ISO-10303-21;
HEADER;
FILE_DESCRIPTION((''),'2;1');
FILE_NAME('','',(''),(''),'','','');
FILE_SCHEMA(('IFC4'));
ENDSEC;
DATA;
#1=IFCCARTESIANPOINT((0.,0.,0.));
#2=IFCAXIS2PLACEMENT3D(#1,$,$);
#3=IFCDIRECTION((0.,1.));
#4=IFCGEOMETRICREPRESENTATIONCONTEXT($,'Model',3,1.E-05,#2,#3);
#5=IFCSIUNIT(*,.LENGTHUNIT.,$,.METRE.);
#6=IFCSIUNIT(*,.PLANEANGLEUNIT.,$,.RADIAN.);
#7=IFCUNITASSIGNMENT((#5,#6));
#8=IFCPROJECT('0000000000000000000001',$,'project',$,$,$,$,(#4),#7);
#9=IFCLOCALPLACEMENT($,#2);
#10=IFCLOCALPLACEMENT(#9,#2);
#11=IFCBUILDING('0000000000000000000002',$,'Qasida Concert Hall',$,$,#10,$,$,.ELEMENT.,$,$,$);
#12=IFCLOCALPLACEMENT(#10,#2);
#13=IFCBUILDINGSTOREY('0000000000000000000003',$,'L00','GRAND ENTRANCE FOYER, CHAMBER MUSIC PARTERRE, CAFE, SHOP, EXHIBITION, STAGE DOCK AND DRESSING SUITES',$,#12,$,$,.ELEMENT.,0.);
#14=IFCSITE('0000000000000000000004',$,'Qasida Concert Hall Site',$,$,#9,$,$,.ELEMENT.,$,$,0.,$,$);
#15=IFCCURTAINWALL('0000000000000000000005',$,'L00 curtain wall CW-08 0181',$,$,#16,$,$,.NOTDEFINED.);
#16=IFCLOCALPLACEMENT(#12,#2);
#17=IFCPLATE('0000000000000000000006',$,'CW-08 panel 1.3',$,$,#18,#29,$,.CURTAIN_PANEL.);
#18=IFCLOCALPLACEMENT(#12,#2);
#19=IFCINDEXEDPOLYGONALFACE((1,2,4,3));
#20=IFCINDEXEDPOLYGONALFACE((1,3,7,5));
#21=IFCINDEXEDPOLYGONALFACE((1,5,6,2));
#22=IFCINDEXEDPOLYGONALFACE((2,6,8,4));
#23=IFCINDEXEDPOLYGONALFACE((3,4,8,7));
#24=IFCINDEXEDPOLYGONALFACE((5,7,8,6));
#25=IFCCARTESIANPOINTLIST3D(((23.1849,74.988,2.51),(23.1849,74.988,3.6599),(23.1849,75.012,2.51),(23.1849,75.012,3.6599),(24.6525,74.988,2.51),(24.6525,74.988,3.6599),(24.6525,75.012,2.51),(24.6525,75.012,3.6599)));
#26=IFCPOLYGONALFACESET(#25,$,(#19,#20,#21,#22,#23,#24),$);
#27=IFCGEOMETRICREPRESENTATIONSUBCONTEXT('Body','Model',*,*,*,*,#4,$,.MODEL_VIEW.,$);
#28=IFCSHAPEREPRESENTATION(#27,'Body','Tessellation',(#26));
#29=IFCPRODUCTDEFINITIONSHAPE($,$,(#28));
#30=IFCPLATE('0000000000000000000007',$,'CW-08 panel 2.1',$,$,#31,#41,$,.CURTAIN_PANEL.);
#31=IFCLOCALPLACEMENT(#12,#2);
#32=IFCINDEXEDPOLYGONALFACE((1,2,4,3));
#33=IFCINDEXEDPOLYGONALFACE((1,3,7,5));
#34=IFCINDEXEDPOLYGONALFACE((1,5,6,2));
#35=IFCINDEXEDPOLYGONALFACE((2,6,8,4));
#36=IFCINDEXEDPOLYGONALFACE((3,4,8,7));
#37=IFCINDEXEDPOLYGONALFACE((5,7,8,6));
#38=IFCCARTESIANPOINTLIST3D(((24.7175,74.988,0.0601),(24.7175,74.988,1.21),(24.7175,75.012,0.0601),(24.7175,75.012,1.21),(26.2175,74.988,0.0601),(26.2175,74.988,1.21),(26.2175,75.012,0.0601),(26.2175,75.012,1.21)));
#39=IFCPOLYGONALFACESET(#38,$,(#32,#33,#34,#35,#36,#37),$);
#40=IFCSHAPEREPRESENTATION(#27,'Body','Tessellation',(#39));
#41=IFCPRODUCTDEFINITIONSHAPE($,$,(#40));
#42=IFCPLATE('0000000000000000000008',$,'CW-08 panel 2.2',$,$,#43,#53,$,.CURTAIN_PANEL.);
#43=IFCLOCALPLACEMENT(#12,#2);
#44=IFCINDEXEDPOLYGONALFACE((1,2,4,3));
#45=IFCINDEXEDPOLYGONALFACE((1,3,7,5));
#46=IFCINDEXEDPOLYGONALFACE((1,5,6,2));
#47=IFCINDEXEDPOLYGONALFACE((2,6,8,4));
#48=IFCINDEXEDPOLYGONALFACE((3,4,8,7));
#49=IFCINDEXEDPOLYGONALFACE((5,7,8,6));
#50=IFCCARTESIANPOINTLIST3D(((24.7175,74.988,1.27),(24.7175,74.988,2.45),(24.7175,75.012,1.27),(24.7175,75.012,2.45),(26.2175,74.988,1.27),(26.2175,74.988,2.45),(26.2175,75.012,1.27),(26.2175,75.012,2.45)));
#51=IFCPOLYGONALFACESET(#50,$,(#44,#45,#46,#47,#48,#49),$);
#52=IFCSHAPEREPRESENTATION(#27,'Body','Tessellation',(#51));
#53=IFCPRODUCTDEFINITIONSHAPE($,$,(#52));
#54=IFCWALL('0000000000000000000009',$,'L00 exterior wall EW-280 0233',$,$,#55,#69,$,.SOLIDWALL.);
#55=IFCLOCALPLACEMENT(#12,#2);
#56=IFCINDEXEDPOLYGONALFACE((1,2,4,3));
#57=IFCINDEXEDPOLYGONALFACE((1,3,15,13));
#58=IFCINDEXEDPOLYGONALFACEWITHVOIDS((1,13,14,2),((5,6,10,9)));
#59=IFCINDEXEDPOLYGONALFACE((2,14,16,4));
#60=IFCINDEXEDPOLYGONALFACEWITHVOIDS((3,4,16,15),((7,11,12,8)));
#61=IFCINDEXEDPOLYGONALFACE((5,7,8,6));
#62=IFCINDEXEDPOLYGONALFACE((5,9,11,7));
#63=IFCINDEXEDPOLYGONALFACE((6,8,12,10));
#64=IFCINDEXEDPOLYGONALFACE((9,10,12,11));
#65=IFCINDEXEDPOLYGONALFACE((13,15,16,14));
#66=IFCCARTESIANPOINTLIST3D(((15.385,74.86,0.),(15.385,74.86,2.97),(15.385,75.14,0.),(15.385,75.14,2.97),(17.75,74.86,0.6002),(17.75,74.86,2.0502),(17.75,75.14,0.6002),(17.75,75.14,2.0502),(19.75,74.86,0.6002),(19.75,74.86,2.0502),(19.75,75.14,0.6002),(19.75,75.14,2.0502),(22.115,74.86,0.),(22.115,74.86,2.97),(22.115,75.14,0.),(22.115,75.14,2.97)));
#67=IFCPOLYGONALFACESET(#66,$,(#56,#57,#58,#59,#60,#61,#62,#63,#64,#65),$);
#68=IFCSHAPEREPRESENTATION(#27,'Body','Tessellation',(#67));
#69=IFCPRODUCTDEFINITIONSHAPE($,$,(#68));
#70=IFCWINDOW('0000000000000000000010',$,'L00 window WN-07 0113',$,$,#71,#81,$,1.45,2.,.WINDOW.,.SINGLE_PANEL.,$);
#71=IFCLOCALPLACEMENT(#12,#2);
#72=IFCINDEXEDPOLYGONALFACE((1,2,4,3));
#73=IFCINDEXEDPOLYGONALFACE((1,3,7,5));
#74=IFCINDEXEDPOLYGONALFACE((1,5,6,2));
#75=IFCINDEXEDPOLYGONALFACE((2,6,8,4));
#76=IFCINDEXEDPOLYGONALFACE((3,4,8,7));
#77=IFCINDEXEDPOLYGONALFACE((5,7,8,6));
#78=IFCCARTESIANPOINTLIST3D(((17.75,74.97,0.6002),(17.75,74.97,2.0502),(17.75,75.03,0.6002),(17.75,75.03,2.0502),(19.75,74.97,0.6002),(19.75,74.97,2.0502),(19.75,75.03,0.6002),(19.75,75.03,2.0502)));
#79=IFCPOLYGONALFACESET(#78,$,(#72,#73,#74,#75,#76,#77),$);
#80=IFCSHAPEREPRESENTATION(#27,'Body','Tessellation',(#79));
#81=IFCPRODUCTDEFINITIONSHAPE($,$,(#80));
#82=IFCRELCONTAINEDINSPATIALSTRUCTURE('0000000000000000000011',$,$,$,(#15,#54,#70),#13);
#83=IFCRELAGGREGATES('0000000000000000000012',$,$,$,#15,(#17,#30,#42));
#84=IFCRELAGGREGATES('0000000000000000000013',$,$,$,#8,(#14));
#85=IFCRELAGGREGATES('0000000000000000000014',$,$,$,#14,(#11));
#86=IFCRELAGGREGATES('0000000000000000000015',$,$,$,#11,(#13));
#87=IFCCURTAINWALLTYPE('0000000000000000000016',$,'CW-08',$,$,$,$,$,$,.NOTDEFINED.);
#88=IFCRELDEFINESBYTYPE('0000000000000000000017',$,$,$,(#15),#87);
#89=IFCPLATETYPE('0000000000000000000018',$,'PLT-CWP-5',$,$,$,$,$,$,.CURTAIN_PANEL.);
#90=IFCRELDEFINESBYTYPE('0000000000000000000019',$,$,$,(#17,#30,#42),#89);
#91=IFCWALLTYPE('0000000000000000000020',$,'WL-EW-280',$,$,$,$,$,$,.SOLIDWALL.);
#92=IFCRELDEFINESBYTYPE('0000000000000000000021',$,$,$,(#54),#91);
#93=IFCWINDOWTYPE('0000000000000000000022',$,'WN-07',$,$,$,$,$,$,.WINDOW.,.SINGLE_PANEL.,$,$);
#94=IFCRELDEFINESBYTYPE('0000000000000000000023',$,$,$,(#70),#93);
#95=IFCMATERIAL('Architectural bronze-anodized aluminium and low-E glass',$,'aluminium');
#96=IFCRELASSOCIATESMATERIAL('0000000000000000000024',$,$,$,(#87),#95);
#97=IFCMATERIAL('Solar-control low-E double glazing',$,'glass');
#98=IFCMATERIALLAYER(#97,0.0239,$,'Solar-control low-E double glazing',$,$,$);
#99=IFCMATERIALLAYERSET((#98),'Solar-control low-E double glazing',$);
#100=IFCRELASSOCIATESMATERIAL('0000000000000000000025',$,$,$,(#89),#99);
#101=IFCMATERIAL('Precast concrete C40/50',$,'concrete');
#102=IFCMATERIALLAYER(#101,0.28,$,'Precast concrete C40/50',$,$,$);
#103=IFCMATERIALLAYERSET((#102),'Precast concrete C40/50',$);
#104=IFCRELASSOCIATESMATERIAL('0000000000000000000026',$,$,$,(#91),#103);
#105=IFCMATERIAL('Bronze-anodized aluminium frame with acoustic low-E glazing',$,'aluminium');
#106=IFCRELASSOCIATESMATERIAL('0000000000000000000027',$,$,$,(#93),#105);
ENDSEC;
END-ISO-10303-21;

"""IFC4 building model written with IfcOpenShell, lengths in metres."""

from ifc_helpers import new_model, si_unit, direction, frame, frame_2d, origin, origin_2d, place, context, subcontext, project, spatial, rectangle, extrude, material, layer, layer_set, type_object, element, fill, aggregate, save


model = new_model("IFC4")

# Units and contexts
model_context = context("Model", 3, precision=1e-05, world=origin(), true_north=direction((0.0, 1.0)))
body_context = subcontext(model_context, "Body", "Model", "MODEL_VIEW")
ifc_project = project(units=[si_unit("LENGTHUNIT", "METRE"), si_unit("PLANEANGLEUNIT", "RADIAN")], contexts=[model_context])

# Site, building, storey
site_placement = place(None, origin())
site = spatial("IfcSite", under=ifc_project, at=site_placement, Name="Qasida Concert Hall Site", CompositionType="ELEMENT", RefElevation=0.0)
building_placement = place(site_placement, origin())
building = spatial("IfcBuilding", under=site, at=building_placement, Name="Qasida Concert Hall", CompositionType="ELEMENT")
storey_placement = place(building_placement, origin())
storey = spatial("IfcBuildingStorey", under=building, at=storey_placement, Name="L00", Description="GRAND ENTRANCE FOYER, CHAMBER MUSIC PARTERRE, CAFE, SHOP, EXHIBITION, STAGE DOCK AND DRESSING SUITES", CompositionType="ELEMENT", Elevation=0.0)

# Shared definitions
ifc_material_1 = material(Name="Architectural bronze-anodized aluminium and low-E glass", Category="aluminium")
curtain_wall_type = type_object("IfcCurtainWallType", Name="CW-08", PredefinedType="NOTDEFINED", material=ifc_material_1)

# Curtain wall
curtain_wall_1_placement = place(storey_placement, origin())
curtain_wall_1 = element("IfcCurtainWall", 1, at=curtain_wall_1_placement, inside=storey, type_object=curtain_wall_type, Name="L00 curtain wall CW-08 0181", PredefinedType="NOTDEFINED")

# Plates
ifc_material_2 = material(Name="Solar-control low-E double glazing", Category="glass")
ifc_layer_1 = layer(ifc_material_2, 0.0239, Name="Solar-control low-E double glazing")
ifc_layer_set_1 = layer_set([ifc_layer_1], Name="Solar-control low-E double glazing")
plate_type = type_object("IfcPlateType", Name="PLT-CWP-5", PredefinedType="CURTAIN_PANEL", material=ifc_layer_set_1)
plate_1_placement = place(storey_placement, frame((23.9187, 75.0, 2.51), z_axis=(0.0, 0.0, 1.0), x_axis=(1.0, 0.0, 0.0)))
plate_1 = element("IfcPlate", 2, at=plate_1_placement, type_object=plate_type, Name="CW-08 panel 1.3", PredefinedType="CURTAIN_PANEL", context=body_context, shape_type="SweptSolid", body=[
    extrude(rectangle(XDim=1.4675, YDim=0.0239, at=origin_2d()), origin(), (0.0, 0.0, 1.0), 1.1499),
])
plate_2_placement = place(storey_placement, frame((25.4675, 75.0, 0.0601), z_axis=(0.0, 0.0, 1.0), x_axis=(1.0, 0.0, 0.0)))
plate_2 = element("IfcPlate", 3, at=plate_2_placement, type_object=plate_type, Name="CW-08 panel 2.1", PredefinedType="CURTAIN_PANEL", context=body_context, shape_type="SweptSolid", body=[
    extrude(rectangle(XDim=1.5, YDim=0.0239, at=origin_2d()), origin(), (0.0, 0.0, 1.0), 1.1499),
])
plate_3_placement = place(storey_placement, frame((25.4675, 75.0, 1.27), z_axis=(0.0, 0.0, 1.0), x_axis=(1.0, 0.0, 0.0)))
plate_3 = element("IfcPlate", 4, at=plate_3_placement, type_object=plate_type, Name="CW-08 panel 2.2", PredefinedType="CURTAIN_PANEL", context=body_context, shape_type="SweptSolid", body=[
    extrude(rectangle(XDim=1.5, YDim=0.0239, at=origin_2d()), origin(), (0.0, 0.0, 1.0), 1.1799),
])
aggregate(curtain_wall_1, [plate_1, plate_2, plate_3])

# Wall, opening, window
ifc_material_3 = material(Name="Precast concrete C40/50", Category="concrete")
ifc_layer_2 = layer(ifc_material_3, 0.28, Name="Precast concrete C40/50")
ifc_layer_set_2 = layer_set([ifc_layer_2], Name="Precast concrete C40/50")
wall_type = type_object("IfcWallType", Name="WL-EW-280", PredefinedType="SOLIDWALL", material=ifc_layer_set_2)
wall_placement = place(storey_placement, frame((15.385, 75.0, 0.0), z_axis=(0.0, 0.0, 1.0), x_axis=(1.0, 0.0, 0.0)))
wall = element("IfcWall", 5, at=wall_placement, inside=storey, type_object=wall_type, Name="L00 exterior wall EW-280 0233", PredefinedType="SOLIDWALL", context=body_context, shape_type="SweptSolid", body=[
    extrude(rectangle(XDim=6.73, YDim=0.28, at=frame_2d((3.365, 0.0))), origin(), (0.0, 0.0, 1.0), 2.97),
])
opening_placement = place(wall_placement, frame((2.365, 0.0, 0.6001)))
opening = element("IfcOpeningElement", 6, at=opening_placement, cuts=wall, PredefinedType="OPENING", context=body_context, shape_type="SweptSolid", body=[
    extrude(rectangle(XDim=2.0, YDim=1.45, at=frame_2d((1.0, 0.7251))), frame((0.0, 0.1499, 0.0), z_axis=(0.0, -1.0, 0.0), x_axis=(1.0, 0.0, 0.0)), (0.0, 0.0, 1.0), 0.3),
])
ifc_material_4 = material(Name="Bronze-anodized aluminium frame with acoustic low-E glazing", Category="aluminium")
window_type = type_object("IfcWindowType", Name="WN-07", PartitioningType="SINGLE_PANEL", PredefinedType="WINDOW", material=ifc_material_4)
window_placement = place(opening_placement, origin())
window = element("IfcWindow", 7, at=window_placement, inside=storey, type_object=window_type, Name="L00 window WN-07 0113", OverallHeight=1.45, OverallWidth=2.0, PartitioningType="SINGLE_PANEL", PredefinedType="WINDOW", context=body_context, shape_type="SweptSolid", body=[
    extrude(rectangle(XDim=2.0, YDim=1.45, at=frame_2d((1.0, 0.7251))), frame((0.0, 0.03, 0.0), z_axis=(0.0, -1.0, 0.0), x_axis=(1.0, 0.0, 0.0)), (0.0, 0.0, 1.0), 0.0601),
])
fill(opening, window)

save(model, "model.ifc")
